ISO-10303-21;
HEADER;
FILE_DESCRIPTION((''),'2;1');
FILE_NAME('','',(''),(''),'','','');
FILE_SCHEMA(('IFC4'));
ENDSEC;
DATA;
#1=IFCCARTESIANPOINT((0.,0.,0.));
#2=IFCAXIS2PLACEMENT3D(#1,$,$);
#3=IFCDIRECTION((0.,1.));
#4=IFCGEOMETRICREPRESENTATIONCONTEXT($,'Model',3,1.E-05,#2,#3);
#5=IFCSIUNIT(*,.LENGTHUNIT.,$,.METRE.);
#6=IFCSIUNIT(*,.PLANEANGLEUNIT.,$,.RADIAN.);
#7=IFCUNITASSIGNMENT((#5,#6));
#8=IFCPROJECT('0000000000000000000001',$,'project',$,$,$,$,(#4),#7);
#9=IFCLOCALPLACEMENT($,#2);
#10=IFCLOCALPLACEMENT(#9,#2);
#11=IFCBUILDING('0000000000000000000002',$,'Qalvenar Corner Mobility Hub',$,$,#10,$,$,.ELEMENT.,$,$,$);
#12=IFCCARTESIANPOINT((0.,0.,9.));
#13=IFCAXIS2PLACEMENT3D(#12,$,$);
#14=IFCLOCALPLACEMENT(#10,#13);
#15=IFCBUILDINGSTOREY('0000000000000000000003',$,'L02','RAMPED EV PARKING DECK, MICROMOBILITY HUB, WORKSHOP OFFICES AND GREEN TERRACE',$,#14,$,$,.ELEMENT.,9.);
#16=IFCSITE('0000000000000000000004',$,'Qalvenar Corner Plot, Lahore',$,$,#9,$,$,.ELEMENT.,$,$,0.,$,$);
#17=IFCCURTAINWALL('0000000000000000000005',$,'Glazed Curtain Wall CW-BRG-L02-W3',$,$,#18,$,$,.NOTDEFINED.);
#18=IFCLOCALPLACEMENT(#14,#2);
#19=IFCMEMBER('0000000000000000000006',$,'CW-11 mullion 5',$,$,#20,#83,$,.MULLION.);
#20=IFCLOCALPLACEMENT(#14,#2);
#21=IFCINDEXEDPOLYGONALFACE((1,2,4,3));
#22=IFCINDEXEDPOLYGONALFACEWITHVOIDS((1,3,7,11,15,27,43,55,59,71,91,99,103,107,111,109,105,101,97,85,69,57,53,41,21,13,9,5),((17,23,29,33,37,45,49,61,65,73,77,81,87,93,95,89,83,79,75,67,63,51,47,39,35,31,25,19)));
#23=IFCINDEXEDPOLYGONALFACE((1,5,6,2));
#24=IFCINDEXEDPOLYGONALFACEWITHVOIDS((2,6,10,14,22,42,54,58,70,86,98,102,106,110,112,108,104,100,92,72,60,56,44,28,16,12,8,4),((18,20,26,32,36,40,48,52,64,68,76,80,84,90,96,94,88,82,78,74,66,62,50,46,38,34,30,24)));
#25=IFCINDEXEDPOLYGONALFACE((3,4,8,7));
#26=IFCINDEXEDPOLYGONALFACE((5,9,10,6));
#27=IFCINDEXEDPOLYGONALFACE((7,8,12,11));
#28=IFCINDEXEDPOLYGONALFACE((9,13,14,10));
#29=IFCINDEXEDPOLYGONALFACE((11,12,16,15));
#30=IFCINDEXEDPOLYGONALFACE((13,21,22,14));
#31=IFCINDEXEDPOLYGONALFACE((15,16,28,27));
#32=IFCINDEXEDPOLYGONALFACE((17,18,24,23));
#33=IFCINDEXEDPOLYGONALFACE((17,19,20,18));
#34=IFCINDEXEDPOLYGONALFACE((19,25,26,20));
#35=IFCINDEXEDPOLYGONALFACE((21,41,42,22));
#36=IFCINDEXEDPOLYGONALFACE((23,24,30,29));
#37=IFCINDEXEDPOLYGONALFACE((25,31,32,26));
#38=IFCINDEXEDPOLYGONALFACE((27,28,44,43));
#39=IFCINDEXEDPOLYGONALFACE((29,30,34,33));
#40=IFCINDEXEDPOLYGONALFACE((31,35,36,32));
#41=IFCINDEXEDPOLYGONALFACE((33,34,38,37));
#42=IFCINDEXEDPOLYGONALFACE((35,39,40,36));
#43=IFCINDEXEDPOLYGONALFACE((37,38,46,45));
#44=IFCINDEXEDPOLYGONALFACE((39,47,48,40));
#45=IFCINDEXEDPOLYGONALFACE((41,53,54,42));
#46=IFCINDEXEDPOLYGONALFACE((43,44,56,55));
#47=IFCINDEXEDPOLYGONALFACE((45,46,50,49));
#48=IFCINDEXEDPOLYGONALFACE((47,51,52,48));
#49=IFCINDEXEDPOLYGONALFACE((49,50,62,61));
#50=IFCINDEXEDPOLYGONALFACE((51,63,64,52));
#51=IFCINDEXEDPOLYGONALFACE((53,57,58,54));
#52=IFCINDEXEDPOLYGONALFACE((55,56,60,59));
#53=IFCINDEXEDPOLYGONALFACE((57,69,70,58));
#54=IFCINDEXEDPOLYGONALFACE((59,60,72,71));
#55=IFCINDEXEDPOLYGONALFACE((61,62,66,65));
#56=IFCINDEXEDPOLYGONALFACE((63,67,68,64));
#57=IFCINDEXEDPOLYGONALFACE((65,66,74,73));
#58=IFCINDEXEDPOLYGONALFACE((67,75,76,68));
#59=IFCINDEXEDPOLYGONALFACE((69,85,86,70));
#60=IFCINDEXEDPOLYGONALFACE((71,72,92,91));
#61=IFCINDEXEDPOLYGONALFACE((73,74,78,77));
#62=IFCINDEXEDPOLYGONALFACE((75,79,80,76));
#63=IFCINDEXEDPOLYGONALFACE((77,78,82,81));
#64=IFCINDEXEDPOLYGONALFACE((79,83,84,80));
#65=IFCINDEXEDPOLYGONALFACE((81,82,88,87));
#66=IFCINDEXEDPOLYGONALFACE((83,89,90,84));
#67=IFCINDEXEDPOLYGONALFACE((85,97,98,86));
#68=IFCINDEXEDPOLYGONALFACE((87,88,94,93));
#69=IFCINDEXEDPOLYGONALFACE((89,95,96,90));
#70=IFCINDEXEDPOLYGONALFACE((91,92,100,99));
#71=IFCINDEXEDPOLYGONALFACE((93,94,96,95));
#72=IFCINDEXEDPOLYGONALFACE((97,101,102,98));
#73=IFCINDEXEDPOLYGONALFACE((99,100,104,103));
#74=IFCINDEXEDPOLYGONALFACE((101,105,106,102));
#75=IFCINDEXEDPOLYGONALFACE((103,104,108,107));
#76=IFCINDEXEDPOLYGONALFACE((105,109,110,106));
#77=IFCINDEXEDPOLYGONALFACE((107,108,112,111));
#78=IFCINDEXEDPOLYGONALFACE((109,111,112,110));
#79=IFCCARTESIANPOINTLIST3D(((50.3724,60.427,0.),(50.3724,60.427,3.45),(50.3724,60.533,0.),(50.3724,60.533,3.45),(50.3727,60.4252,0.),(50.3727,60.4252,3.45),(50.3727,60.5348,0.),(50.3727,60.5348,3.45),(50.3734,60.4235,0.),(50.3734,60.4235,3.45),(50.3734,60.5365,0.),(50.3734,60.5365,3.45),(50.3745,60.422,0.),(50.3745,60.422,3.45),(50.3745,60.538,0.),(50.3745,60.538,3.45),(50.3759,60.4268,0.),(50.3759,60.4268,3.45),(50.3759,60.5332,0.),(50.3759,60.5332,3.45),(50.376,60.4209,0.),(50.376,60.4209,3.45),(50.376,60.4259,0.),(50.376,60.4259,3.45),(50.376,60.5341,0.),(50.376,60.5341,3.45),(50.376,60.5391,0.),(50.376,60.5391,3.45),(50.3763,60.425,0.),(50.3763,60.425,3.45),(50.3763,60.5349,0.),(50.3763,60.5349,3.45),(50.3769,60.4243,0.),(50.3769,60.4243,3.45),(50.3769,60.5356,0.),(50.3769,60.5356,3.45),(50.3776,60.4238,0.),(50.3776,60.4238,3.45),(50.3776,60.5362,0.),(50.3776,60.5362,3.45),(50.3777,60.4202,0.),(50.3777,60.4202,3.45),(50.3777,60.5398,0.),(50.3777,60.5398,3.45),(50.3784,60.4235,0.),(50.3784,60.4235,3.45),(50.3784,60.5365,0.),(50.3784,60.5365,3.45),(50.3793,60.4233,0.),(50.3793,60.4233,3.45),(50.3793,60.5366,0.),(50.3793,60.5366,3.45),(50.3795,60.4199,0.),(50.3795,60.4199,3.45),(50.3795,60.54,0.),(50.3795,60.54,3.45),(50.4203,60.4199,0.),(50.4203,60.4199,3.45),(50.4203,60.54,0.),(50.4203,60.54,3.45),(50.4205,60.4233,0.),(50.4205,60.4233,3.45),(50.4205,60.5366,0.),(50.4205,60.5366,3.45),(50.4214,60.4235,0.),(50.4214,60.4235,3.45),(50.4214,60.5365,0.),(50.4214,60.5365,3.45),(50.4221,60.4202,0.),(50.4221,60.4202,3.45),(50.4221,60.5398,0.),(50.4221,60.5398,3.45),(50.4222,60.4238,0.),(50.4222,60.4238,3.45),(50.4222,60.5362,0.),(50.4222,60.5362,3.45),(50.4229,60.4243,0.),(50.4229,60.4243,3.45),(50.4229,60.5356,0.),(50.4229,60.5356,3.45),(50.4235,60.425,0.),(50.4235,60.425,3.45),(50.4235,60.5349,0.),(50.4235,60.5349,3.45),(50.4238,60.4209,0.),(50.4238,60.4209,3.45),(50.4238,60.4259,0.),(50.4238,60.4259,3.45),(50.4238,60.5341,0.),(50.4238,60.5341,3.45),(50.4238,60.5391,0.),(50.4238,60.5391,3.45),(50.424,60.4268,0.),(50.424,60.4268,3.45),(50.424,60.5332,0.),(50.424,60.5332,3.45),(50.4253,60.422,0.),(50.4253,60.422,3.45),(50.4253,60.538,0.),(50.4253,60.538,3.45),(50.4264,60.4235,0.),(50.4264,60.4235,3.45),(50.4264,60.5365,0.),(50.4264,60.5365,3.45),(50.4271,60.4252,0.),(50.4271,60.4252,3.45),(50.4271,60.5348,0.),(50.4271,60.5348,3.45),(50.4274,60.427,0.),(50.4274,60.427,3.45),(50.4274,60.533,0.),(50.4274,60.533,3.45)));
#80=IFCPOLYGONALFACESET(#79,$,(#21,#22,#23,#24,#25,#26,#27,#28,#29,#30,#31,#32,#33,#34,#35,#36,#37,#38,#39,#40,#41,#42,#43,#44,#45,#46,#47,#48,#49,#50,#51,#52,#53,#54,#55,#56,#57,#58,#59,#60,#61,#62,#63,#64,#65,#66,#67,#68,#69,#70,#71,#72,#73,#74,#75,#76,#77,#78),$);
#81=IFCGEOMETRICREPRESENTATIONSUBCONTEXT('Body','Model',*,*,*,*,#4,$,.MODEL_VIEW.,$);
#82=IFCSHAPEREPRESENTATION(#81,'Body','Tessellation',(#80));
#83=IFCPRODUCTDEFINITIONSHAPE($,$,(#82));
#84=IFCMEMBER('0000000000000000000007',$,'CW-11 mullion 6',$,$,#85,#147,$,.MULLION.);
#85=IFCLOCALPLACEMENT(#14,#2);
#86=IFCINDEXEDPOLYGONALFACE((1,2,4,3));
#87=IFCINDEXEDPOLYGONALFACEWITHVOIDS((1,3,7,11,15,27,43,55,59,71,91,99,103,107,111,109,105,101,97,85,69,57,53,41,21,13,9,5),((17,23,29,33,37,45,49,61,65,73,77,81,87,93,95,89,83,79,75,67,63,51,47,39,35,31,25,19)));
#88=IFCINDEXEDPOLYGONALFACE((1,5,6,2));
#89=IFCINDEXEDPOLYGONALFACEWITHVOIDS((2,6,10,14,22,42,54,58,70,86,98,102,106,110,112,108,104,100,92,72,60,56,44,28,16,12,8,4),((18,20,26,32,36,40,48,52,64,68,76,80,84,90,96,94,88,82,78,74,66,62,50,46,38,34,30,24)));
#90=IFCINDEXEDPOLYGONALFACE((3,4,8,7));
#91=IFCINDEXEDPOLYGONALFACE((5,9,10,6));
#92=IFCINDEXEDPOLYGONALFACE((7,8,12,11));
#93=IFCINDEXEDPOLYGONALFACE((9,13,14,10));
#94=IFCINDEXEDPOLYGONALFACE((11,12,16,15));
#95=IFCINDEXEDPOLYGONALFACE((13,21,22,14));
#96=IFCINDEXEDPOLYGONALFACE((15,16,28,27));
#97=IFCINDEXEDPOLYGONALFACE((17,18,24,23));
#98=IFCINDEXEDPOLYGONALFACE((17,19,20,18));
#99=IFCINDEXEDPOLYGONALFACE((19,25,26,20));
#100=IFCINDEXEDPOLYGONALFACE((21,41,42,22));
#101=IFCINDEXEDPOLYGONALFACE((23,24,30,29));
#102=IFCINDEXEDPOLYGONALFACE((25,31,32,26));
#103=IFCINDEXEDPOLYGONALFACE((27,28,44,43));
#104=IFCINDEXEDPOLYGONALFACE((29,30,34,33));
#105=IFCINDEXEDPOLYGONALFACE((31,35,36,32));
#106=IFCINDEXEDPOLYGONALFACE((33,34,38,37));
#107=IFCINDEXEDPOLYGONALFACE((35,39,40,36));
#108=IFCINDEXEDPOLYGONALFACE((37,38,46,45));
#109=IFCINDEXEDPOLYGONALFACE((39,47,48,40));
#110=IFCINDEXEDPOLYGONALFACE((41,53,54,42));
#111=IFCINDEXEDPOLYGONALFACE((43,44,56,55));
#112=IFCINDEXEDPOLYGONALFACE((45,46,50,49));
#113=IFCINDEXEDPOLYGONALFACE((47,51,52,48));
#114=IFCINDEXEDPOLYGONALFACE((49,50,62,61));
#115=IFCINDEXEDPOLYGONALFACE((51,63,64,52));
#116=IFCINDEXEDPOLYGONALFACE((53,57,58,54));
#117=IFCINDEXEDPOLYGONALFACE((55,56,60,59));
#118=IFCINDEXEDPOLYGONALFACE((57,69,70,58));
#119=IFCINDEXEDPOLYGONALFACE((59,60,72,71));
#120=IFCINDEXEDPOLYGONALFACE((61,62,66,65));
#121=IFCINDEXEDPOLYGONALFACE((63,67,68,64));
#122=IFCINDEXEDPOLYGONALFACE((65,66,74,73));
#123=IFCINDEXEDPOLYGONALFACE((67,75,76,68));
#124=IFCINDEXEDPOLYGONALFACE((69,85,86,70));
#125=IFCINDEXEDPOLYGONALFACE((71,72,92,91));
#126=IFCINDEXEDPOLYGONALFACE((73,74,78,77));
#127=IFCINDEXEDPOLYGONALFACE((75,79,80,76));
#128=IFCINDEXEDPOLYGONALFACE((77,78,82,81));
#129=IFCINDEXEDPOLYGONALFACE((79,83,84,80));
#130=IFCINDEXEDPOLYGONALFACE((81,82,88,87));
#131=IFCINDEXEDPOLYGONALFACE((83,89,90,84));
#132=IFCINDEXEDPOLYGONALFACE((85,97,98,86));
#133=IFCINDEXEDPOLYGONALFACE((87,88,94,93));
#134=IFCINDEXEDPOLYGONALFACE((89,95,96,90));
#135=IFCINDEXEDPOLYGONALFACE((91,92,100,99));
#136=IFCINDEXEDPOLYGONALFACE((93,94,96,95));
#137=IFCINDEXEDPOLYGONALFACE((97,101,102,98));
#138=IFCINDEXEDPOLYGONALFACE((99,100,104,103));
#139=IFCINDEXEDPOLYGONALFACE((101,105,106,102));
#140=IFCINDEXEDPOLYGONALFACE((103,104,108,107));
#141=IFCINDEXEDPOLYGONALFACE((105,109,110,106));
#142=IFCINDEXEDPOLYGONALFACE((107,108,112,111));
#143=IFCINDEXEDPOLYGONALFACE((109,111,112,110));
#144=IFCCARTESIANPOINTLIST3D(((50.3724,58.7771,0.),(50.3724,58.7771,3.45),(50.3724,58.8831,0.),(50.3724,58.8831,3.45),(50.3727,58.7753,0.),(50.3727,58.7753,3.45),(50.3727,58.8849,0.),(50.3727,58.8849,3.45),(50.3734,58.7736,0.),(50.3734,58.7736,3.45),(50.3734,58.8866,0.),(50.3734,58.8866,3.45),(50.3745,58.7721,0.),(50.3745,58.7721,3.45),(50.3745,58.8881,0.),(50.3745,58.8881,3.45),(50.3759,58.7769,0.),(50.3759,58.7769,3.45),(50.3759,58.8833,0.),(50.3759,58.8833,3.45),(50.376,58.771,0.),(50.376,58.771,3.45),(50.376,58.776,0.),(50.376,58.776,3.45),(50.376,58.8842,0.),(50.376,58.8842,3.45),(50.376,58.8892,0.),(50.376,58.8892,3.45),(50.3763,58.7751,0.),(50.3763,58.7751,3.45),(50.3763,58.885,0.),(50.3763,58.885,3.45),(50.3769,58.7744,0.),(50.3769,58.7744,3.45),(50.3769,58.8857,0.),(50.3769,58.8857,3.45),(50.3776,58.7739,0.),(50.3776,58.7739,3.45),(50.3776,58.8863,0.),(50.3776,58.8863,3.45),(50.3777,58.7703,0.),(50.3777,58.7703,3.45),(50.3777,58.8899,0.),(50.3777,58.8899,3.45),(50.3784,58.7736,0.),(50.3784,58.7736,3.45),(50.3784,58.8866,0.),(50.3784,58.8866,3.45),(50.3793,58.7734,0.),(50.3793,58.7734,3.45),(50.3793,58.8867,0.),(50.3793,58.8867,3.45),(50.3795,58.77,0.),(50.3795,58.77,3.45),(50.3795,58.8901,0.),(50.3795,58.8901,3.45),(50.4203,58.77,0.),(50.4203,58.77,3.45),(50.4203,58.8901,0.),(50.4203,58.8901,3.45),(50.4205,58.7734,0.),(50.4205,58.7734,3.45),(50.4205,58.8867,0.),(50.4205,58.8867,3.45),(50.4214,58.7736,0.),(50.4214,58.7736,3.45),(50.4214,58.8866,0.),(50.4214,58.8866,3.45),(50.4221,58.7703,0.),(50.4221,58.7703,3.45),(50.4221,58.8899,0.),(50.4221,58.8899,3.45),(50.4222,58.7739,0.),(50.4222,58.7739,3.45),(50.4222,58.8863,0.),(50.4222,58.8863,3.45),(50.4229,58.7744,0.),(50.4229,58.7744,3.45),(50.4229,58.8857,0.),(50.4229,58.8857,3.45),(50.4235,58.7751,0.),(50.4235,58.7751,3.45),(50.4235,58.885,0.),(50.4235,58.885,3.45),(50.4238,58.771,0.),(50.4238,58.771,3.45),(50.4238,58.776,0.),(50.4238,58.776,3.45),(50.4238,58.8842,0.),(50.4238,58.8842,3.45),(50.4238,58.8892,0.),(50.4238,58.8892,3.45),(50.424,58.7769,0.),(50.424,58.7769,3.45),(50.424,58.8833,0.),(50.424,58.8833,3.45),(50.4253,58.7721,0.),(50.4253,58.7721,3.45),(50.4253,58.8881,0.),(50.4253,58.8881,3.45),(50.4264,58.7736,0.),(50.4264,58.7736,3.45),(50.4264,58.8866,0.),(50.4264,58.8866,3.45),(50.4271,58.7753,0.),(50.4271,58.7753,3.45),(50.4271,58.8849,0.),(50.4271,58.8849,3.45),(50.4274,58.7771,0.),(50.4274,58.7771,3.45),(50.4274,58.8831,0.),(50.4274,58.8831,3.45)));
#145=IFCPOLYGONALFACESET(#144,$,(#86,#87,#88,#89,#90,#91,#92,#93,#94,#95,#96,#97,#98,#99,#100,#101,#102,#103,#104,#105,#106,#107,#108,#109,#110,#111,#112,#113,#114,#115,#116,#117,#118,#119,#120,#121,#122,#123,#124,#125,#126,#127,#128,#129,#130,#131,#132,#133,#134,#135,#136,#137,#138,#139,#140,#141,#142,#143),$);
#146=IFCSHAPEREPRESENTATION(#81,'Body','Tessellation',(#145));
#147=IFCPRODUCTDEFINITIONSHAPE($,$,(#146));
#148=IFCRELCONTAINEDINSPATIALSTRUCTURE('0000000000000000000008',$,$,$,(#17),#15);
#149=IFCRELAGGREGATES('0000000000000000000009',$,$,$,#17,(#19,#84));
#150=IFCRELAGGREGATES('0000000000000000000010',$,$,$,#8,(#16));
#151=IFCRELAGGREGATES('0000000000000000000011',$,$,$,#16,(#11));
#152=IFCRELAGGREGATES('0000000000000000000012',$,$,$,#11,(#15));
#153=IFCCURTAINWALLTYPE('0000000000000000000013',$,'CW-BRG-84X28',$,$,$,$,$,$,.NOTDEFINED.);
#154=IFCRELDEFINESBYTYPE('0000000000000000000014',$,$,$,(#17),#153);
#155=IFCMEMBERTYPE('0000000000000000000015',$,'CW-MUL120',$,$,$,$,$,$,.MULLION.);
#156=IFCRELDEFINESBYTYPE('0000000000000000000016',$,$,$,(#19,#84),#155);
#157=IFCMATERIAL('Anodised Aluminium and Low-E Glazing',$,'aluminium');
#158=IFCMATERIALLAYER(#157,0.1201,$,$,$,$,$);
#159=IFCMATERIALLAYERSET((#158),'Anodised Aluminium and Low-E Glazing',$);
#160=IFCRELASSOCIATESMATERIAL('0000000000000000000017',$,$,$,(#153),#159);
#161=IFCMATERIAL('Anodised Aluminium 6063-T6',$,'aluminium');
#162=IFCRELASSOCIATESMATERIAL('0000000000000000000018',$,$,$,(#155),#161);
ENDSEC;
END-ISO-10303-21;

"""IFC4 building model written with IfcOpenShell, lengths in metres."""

from ifc_helpers import new_model, si_unit, direction, frame, origin, origin_2d, place, context, subcontext, project, spatial, hollow_rectangle, extrude, material, layer, layer_set, material_profile, profile_set, type_object, element, aggregate, save


model = new_model("IFC4")

# Units and contexts
model_context = context("Model", 3, precision=1e-05, world=origin(), true_north=direction((0.0, 1.0)))
body_context = subcontext(model_context, "Body", "Model", "MODEL_VIEW")
ifc_project = project(units=[si_unit("LENGTHUNIT", "METRE"), si_unit("PLANEANGLEUNIT", "RADIAN")], contexts=[model_context])

# Site, building, storey
site_placement = place(None, origin())
site = spatial("IfcSite", under=ifc_project, at=site_placement, Name="Qalvenar Corner Plot, Lahore", CompositionType="ELEMENT", RefElevation=0.0)
building_placement = place(site_placement, origin())
building = spatial("IfcBuilding", under=site, at=building_placement, Name="Qalvenar Corner Mobility Hub", CompositionType="ELEMENT")
storey_placement = place(building_placement, frame((0.0, 0.0, 9.0)))
storey = spatial("IfcBuildingStorey", under=building, at=storey_placement, Name="L02", Description="RAMPED EV PARKING DECK, MICROMOBILITY HUB, WORKSHOP OFFICES AND GREEN TERRACE", CompositionType="ELEMENT", Elevation=9.0)

# Curtain wall, members
ifc_material_1 = material(Name="Anodised Aluminium and Low-E Glazing", Category="aluminium")
ifc_layer_1 = layer(ifc_material_1, 0.1201)
ifc_layer_set_1 = layer_set([ifc_layer_1], Name="Anodised Aluminium and Low-E Glazing")
curtain_wall_type = type_object("IfcCurtainWallType", Name="CW-BRG-84X28", PredefinedType="NOTDEFINED", material=ifc_layer_set_1)
curtain_wall_placement = place(storey_placement, origin())
curtain_wall = element("IfcCurtainWall", 1, at=curtain_wall_placement, inside=storey, type_object=curtain_wall_type, Name="Glazed Curtain Wall CW-BRG-L02-W3", PredefinedType="NOTDEFINED")
ifc_material_2 = material(Name="Anodised Aluminium 6063-T6", Category="aluminium")
ifc_material_profile_1 = material_profile(ifc_material_2, hollow_rectangle(XDim=0.0549, YDim=0.1201, WallThickness=0.0034, InnerFilletRadius=0.0034, OuterFilletRadius=0.0071, at=origin_2d()), Name="RHS120x55x3.5")
ifc_profile_set_1 = profile_set([ifc_material_profile_1], Name="Anodised Aluminium 6063-T6")
member_type_1 = type_object("IfcMemberType", Name="CW-MUL120", PredefinedType="MULLION", material=ifc_profile_set_1)
member_1_placement = place(storey_placement, frame((50.3999, 60.48, 0.0), z_axis=(0.0, 0.0, 1.0), x_axis=(1.0, 0.0, 0.0)))
member_1 = element("IfcMember", 2, at=member_1_placement, type_object=member_type_1, Name="CW-11 mullion 5", PredefinedType="MULLION", context=body_context, shape_type="SweptSolid", body=[
    extrude(hollow_rectangle(XDim=0.0549, YDim=0.1201, WallThickness=0.0034, InnerFilletRadius=0.0034, OuterFilletRadius=0.0071, at=origin_2d()), origin(), (0.0, 0.0, 1.0), 3.45),
])
member_2_placement = place(storey_placement, frame((50.3999, 58.8301, 0.0), z_axis=(0.0, 0.0, 1.0), x_axis=(1.0, 0.0, 0.0)))
member_2 = element("IfcMember", 3, at=member_2_placement, type_object=member_type_1, Name="CW-11 mullion 6", PredefinedType="MULLION", context=body_context, shape_type="SweptSolid", body=[
    extrude(hollow_rectangle(XDim=0.0549, YDim=0.1201, WallThickness=0.0034, InnerFilletRadius=0.0034, OuterFilletRadius=0.0071, at=origin_2d()), origin(), (0.0, 0.0, 1.0), 3.45),
])
aggregate(curtain_wall, [member_1, member_2])

save(model, "model.ifc")
